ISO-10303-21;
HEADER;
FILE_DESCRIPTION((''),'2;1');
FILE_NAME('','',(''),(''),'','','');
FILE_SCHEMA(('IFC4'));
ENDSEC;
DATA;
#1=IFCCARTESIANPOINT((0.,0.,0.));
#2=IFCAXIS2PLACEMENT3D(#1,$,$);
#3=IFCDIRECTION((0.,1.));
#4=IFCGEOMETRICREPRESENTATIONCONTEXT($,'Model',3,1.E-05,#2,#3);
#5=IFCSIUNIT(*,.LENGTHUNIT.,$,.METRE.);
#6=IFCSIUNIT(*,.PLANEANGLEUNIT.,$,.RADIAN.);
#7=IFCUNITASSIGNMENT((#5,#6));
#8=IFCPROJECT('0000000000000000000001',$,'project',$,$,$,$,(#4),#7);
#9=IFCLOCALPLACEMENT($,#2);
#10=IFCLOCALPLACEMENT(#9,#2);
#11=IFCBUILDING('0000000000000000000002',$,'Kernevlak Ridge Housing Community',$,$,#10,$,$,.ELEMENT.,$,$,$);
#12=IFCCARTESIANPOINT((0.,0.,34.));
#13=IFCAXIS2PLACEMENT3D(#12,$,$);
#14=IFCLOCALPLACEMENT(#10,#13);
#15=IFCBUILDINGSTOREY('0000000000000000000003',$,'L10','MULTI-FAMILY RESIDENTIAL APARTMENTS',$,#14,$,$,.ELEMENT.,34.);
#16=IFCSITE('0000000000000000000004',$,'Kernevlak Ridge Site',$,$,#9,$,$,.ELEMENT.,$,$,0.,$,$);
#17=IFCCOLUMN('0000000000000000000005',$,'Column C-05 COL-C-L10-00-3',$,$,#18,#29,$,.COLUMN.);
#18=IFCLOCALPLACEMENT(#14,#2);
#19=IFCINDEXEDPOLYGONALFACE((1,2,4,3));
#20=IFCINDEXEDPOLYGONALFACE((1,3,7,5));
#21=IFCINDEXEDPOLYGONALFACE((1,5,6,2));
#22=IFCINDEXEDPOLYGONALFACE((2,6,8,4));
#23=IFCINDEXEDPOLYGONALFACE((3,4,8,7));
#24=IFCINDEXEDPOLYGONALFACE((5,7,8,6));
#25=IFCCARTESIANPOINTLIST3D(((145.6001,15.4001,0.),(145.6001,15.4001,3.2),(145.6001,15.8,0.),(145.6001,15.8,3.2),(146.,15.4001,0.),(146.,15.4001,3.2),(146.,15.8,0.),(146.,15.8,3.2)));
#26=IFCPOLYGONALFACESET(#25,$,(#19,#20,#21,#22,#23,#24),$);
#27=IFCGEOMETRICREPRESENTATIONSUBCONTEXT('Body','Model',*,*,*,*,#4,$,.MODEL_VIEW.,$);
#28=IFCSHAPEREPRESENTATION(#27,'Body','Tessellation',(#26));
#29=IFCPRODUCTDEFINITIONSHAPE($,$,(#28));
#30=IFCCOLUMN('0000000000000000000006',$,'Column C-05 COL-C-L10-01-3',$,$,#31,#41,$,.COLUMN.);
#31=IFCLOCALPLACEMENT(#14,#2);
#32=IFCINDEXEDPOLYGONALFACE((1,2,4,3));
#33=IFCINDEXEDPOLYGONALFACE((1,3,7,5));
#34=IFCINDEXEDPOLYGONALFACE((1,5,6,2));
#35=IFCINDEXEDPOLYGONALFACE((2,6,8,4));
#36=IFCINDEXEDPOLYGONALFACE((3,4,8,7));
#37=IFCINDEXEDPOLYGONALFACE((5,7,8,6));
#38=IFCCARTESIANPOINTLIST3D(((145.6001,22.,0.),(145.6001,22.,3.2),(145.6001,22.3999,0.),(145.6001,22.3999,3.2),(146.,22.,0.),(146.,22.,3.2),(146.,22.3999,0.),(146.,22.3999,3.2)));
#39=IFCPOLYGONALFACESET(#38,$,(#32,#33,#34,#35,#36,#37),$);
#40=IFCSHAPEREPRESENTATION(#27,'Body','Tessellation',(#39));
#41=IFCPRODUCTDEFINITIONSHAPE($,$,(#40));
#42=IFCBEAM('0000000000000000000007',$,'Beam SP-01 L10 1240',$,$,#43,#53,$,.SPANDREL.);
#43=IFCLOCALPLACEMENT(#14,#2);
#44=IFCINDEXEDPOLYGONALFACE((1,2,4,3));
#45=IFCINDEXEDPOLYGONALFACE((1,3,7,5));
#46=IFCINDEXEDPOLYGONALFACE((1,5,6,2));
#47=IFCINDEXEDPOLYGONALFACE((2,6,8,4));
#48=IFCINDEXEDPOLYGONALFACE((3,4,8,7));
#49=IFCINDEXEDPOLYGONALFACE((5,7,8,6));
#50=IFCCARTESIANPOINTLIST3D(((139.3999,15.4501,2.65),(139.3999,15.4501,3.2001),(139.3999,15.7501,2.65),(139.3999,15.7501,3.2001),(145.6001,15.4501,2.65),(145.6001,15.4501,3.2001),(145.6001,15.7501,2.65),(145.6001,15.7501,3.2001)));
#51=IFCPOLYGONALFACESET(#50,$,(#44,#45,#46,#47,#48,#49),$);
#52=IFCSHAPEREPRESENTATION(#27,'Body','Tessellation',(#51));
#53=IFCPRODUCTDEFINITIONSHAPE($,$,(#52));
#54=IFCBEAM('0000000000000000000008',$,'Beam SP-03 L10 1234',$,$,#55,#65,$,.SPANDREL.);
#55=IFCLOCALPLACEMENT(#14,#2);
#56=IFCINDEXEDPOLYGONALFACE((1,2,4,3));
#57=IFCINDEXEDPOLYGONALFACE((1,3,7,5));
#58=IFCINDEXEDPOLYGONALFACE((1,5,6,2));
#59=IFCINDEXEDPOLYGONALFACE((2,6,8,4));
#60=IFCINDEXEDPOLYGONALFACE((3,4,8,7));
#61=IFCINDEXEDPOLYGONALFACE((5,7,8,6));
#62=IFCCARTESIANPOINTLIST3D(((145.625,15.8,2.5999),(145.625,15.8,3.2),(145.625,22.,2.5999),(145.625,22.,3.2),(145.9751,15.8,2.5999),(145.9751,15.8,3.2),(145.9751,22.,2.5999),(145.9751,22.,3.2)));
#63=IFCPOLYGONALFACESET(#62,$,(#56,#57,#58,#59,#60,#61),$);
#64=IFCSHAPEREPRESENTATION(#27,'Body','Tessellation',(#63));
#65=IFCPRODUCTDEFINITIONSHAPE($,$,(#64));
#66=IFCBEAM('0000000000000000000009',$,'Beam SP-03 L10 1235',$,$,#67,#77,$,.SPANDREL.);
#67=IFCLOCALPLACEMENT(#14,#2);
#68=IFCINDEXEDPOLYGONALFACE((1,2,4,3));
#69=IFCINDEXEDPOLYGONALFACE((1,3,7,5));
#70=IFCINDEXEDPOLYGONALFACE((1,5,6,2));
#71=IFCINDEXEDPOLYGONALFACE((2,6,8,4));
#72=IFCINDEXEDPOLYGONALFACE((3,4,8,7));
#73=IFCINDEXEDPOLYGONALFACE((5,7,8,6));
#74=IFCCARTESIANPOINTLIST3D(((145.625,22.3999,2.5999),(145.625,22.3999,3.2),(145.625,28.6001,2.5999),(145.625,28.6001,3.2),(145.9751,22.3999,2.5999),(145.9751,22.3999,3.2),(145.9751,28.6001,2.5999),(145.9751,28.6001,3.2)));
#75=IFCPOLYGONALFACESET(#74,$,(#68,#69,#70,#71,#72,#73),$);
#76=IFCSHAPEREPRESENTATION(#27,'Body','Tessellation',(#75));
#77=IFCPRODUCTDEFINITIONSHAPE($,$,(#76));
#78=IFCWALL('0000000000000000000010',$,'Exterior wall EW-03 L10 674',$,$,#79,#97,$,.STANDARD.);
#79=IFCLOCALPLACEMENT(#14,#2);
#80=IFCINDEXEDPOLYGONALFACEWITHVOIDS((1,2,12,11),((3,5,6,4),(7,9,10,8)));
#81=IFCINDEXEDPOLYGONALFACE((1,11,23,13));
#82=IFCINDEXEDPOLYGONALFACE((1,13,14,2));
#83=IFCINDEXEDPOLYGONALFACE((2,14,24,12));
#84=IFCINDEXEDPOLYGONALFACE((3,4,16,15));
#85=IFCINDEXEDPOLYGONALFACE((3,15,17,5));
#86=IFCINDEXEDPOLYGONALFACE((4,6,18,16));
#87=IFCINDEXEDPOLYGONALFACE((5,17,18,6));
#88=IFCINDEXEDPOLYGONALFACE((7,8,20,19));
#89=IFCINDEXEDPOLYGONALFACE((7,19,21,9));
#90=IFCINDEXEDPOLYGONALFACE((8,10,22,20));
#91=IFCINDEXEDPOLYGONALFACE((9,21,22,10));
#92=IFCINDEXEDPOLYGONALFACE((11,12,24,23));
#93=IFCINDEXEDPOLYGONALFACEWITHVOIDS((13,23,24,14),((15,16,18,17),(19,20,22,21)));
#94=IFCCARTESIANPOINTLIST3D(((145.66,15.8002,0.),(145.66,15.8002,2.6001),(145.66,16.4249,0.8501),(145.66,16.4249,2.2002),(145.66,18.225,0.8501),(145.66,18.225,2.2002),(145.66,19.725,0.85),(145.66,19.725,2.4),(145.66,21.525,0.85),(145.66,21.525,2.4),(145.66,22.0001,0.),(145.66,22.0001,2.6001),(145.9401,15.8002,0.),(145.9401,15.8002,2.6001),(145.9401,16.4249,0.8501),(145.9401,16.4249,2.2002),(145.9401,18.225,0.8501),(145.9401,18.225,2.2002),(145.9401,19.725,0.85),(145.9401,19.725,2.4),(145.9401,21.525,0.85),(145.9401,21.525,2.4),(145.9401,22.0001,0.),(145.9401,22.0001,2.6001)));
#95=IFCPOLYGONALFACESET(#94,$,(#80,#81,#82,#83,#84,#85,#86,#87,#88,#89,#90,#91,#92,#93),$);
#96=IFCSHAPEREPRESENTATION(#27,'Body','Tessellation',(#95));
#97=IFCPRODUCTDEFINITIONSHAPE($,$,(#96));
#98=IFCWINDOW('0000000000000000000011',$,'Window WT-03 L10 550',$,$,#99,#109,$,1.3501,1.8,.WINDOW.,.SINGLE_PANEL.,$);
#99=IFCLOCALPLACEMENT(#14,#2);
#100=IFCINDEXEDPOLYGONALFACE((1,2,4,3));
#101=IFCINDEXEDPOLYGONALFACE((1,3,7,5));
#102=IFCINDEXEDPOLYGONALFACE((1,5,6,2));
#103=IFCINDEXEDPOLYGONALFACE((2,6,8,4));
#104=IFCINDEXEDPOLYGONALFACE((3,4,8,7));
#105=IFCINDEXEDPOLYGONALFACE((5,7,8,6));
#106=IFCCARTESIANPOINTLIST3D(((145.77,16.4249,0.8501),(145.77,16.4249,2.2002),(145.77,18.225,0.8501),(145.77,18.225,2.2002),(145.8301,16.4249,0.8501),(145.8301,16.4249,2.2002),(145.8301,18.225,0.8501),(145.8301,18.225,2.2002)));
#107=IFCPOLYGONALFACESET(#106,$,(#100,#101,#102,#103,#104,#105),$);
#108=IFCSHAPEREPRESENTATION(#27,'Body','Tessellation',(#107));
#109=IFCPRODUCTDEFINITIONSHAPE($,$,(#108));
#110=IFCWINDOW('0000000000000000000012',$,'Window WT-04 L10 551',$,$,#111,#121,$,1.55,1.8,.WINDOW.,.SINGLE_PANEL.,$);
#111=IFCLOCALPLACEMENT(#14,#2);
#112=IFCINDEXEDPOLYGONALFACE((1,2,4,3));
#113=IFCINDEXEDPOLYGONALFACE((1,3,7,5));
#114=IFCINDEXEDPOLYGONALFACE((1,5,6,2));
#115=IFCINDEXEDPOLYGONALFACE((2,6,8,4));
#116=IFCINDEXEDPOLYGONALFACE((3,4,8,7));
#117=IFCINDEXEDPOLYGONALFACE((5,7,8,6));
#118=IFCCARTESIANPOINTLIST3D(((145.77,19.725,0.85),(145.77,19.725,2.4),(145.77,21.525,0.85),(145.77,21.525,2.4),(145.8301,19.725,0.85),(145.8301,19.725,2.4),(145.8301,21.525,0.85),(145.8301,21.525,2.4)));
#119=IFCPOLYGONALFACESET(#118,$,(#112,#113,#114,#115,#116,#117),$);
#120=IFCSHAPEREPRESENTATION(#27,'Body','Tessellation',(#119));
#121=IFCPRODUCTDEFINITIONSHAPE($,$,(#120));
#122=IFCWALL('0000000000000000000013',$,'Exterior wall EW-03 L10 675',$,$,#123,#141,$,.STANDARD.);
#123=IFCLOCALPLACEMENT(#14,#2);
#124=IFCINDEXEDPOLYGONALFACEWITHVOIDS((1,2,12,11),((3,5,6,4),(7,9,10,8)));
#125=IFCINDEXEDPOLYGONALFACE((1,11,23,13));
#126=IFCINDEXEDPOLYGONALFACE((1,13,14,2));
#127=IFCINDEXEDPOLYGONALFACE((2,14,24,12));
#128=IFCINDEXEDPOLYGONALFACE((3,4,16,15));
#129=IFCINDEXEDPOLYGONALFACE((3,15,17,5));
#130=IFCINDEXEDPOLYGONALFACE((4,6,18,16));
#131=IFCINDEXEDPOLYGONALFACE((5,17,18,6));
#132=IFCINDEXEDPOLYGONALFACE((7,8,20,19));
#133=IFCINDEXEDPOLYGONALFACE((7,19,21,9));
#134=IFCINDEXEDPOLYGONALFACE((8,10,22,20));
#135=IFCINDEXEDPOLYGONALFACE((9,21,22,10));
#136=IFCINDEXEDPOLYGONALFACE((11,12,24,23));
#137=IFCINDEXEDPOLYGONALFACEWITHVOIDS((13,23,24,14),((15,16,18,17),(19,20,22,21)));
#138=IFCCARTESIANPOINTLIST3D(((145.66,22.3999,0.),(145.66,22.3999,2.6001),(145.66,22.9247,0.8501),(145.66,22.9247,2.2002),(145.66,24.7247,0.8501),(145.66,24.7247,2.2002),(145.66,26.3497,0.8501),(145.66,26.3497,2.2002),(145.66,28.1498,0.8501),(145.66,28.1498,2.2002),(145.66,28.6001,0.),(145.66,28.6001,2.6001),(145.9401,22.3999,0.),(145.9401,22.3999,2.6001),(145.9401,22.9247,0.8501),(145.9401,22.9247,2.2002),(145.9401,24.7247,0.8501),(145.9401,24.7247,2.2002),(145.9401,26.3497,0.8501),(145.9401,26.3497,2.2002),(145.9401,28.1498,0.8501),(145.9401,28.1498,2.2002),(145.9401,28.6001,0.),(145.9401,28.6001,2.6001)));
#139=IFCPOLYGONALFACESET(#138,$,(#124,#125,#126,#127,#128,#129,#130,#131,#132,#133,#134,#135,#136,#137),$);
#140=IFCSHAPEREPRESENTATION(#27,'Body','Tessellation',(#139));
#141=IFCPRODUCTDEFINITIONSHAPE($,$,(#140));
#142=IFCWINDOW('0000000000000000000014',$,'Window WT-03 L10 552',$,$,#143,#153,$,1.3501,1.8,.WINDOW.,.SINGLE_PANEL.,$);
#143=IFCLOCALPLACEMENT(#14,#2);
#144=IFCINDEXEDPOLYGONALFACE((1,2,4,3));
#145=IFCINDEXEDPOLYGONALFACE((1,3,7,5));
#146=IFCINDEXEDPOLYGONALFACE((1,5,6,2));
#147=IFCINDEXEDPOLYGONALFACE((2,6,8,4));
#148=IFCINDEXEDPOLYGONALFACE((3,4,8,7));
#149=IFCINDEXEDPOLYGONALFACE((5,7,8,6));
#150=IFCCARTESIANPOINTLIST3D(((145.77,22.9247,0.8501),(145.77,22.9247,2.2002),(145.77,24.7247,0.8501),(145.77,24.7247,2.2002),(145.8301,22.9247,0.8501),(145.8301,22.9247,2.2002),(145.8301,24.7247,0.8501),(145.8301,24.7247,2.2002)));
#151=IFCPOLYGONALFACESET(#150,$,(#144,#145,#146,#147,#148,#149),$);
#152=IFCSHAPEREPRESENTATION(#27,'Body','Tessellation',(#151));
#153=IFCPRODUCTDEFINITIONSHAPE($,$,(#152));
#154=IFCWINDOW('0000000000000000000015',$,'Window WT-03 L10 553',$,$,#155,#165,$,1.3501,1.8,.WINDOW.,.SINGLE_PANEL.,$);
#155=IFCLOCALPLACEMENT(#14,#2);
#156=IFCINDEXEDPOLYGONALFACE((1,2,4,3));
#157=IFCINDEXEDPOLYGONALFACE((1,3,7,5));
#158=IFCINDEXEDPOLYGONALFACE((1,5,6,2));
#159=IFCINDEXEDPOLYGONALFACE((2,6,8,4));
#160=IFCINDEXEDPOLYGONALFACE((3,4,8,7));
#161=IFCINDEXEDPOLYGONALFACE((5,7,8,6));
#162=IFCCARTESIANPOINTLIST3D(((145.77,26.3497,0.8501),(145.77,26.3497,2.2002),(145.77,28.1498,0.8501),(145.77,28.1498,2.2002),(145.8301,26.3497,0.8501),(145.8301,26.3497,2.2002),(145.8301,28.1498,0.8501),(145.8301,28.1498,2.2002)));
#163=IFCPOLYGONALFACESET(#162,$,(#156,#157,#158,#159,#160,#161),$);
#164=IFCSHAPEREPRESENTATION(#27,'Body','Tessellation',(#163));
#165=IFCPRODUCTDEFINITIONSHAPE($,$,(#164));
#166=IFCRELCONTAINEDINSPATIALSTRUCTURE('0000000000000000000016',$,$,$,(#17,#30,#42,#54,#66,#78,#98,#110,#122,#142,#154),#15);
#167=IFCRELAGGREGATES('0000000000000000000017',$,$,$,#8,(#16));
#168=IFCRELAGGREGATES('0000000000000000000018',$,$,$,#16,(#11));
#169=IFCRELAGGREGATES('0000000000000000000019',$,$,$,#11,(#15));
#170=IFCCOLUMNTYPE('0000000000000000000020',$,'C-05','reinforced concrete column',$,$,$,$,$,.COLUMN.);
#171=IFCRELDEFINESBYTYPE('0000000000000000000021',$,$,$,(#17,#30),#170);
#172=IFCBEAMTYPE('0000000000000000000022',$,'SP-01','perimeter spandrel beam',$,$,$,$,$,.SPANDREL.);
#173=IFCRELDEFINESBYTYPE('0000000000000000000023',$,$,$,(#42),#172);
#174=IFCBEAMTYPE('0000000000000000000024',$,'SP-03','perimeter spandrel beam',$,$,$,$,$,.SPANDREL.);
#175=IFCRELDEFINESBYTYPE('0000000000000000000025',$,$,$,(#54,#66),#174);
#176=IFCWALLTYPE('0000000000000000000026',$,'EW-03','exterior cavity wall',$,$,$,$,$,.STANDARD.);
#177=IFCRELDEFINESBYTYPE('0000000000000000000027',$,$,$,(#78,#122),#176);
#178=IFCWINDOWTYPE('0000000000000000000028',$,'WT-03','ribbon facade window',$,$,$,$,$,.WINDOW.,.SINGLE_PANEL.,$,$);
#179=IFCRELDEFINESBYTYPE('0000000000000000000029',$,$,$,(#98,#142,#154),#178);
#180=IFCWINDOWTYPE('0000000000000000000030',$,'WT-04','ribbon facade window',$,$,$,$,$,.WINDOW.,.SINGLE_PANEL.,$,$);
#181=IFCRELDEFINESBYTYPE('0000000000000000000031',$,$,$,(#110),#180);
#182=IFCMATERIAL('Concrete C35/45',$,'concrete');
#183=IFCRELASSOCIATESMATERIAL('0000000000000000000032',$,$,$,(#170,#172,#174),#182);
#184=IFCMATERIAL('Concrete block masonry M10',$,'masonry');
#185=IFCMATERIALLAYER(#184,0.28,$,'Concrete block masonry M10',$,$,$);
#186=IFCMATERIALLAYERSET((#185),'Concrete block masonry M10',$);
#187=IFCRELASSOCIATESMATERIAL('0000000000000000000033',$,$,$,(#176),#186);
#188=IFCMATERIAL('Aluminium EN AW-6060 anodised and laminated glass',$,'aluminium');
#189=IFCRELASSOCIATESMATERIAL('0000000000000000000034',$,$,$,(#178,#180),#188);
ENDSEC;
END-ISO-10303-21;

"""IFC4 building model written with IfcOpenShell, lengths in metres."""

from ifc_helpers import new_model, si_unit, direction, frame, frame_2d, origin, origin_2d, place, context, subcontext, project, spatial, rectangle, extrude, material, layer, layer_set, material_profile, profile_set, type_object, element, fill, save


model = new_model("IFC4")

# Units and contexts
model_context = context("Model", 3, precision=1e-05, world=origin(), true_north=direction((0.0, 1.0)))
body_context = subcontext(model_context, "Body", "Model", "MODEL_VIEW")
ifc_project = project(units=[si_unit("LENGTHUNIT", "METRE"), si_unit("PLANEANGLEUNIT", "RADIAN")], contexts=[model_context])

# Site, building, storey
site_placement = place(None, origin())
site = spatial("IfcSite", under=ifc_project, at=site_placement, Name="Kernevlak Ridge Site", CompositionType="ELEMENT", RefElevation=0.0)
building_placement = place(site_placement, origin())
building = spatial("IfcBuilding", under=site, at=building_placement, Name="Kernevlak Ridge Housing Community", CompositionType="ELEMENT")
storey_placement = place(building_placement, frame((0.0, 0.0, 34.0)))
storey = spatial("IfcBuildingStorey", under=building, at=storey_placement, Name="L10", Description="MULTI-FAMILY RESIDENTIAL APARTMENTS", CompositionType="ELEMENT", Elevation=34.0)

# Columns
ifc_material_1 = material(Name="Concrete C35/45", Category="concrete")
ifc_material_profile_1 = material_profile(ifc_material_1, rectangle(XDim=0.3999, YDim=0.3999, at=origin_2d()), Name="RC 400x400")
ifc_profile_set_1 = profile_set([ifc_material_profile_1], Name="Concrete C35/45")
column_type = type_object("IfcColumnType", Name="C-05", Description="reinforced concrete column", PredefinedType="COLUMN", material=ifc_profile_set_1)
for number, where, z_axis, x_axis, name in (
    (1, (145.8, 15.6001, 0.0), (0.0, 0.0, 1.0), (1.0, 0.0, 0.0), "Column C-05 COL-C-L10-00-3"),
    (2, (145.8, 22.2, 0.0), (0.0, 0.0, 1.0), (1.0, 0.0, 0.0), "Column C-05 COL-C-L10-01-3"),
):
    element("IfcColumn", number, at=place(storey_placement, frame(where, z_axis=z_axis, x_axis=x_axis)), inside=storey, type_object=column_type, Name=name, PredefinedType="COLUMN", context=body_context, shape_type="SweptSolid", body=[
        extrude(rectangle(XDim=0.3999, YDim=0.3999, at=origin_2d()), origin(), (0.0, 0.0, 1.0), 3.2),
    ])

# Beams
ifc_material_profile_2 = material_profile(ifc_material_1, rectangle(XDim=0.3, YDim=0.55, at=origin_2d()), Name="RC 300x550")
ifc_profile_set_2 = profile_set([ifc_material_profile_2], Name="Concrete C35/45")
beam_type_1 = type_object("IfcBeamType", Name="SP-01", Description="perimeter spandrel beam", PredefinedType="SPANDREL", material=ifc_profile_set_2)
beam_1_placement = place(storey_placement, frame((139.3999, 15.6001, 2.925), z_axis=(1.0, 0.0, 0.0), x_axis=(0.0, 1.0, 0.0)))
element("IfcBeam", 3, at=beam_1_placement, inside=storey, type_object=beam_type_1, Name="Beam SP-01 L10 1240", PredefinedType="SPANDREL", context=body_context, shape_type="SweptSolid", body=[
    extrude(rectangle(XDim=0.3, YDim=0.55, at=origin_2d()), origin(), (0.0, 0.0, 1.0), 6.2002),
])
ifc_material_profile_3 = material_profile(ifc_material_1, rectangle(XDim=0.3501, YDim=0.6001, at=origin_2d()), Name="RC 350x600")
ifc_profile_set_3 = profile_set([ifc_material_profile_3], Name="Concrete C35/45")
beam_type_2 = type_object("IfcBeamType", Name="SP-03", Description="perimeter spandrel beam", PredefinedType="SPANDREL", material=ifc_profile_set_3)
beam_2_placement = place(storey_placement, frame((145.8, 15.8, 2.8999), z_axis=(0.0, 1.0, 0.0), x_axis=(-1.0, 0.0, 0.0)))
element("IfcBeam", 4, at=beam_2_placement, inside=storey, type_object=beam_type_2, Name="Beam SP-03 L10 1234", PredefinedType="SPANDREL", context=body_context, shape_type="SweptSolid", body=[
    extrude(rectangle(XDim=0.3501, YDim=0.6001, at=origin_2d()), origin(), (0.0, 0.0, 1.0), 6.2),
])
beam_3_placement = place(storey_placement, frame((145.8, 22.3999, 2.8999), z_axis=(0.0, 1.0, 0.0), x_axis=(-1.0, 0.0, 0.0)))
element("IfcBeam", 5, at=beam_3_placement, inside=storey, type_object=beam_type_2, Name="Beam SP-03 L10 1235", PredefinedType="SPANDREL", context=body_context, shape_type="SweptSolid", body=[
    extrude(rectangle(XDim=0.3501, YDim=0.6001, at=origin_2d()), origin(), (0.0, 0.0, 1.0), 6.2002),
])

# Walls, openings, windows
ifc_material_2 = material(Name="Concrete block masonry M10", Category="masonry")
ifc_layer_1 = layer(ifc_material_2, 0.28, Name="Concrete block masonry M10")
ifc_layer_set_1 = layer_set([ifc_layer_1], Name="Concrete block masonry M10")
wall_type_1 = type_object("IfcWallType", Name="EW-03", Description="exterior cavity wall", PredefinedType="STANDARD", material=ifc_layer_set_1)
wall_1_placement = place(storey_placement, frame((145.8, 15.8, 0.0), z_axis=(0.0, 0.0, 1.0), x_axis=(0.0, 1.0, 0.0)))
wall_1 = element("IfcWall", 6, at=wall_1_placement, inside=storey, type_object=wall_type_1, Name="Exterior wall EW-03 L10 674", PredefinedType="STANDARD", context=body_context, shape_type="SweptSolid", body=[
    extrude(rectangle(XDim=6.2, YDim=0.28, at=frame_2d((3.1001, 0.0))), origin(), (0.0, 0.0, 1.0), 2.6001),
])
opening_1_placement = place(wall_1_placement, frame((0.625, 0.0, 0.8501)))
opening_1 = element("IfcOpeningElement", 7, at=opening_1_placement, cuts=wall_1, PredefinedType="OPENING", context=body_context, shape_type="SweptSolid", body=[
    extrude(rectangle(XDim=1.8, YDim=1.3501, at=frame_2d((0.8999, 0.675))), frame((0.0, 0.1499, 0.0), z_axis=(0.0, -1.0, 0.0), x_axis=(1.0, 0.0, 0.0)), (0.0, 0.0, 1.0), 0.3),
])
opening_2_placement = place(wall_1_placement, frame((3.925, 0.0, 0.8501)))
opening_2 = element("IfcOpeningElement", 8, at=opening_2_placement, cuts=wall_1, PredefinedType="OPENING", context=body_context, shape_type="SweptSolid", body=[
    extrude(rectangle(XDim=1.8, YDim=1.55, at=frame_2d((0.8999, 0.7749))), frame((0.0, 0.1499, 0.0), z_axis=(0.0, -1.0, 0.0), x_axis=(1.0, 0.0, 0.0)), (0.0, 0.0, 1.0), 0.3),
])
ifc_material_3 = material(Name="Aluminium EN AW-6060 anodised and laminated glass", Category="aluminium")
window_type_1 = type_object("IfcWindowType", Name="WT-03", Description="ribbon facade window", PartitioningType="SINGLE_PANEL", PredefinedType="WINDOW", material=ifc_material_3)
window_1_placement = place(opening_1_placement, origin())
window_1 = element("IfcWindow", 9, at=window_1_placement, inside=storey, type_object=window_type_1, Name="Window WT-03 L10 550", OverallHeight=1.3501, OverallWidth=1.8, PartitioningType="SINGLE_PANEL", PredefinedType="WINDOW", context=body_context, shape_type="SweptSolid", body=[
    extrude(rectangle(XDim=1.8, YDim=1.3501, at=frame_2d((0.8999, 0.675))), frame((0.0, 0.03, 0.0), z_axis=(0.0, -1.0, 0.0), x_axis=(1.0, 0.0, 0.0)), (0.0, 0.0, 1.0), 0.0601),
])
fill(opening_1, window_1)
window_type_2 = type_object("IfcWindowType", Name="WT-04", Description="ribbon facade window", PartitioningType="SINGLE_PANEL", PredefinedType="WINDOW", material=ifc_material_3)
window_2_placement = place(opening_2_placement, origin())
window_2 = element("IfcWindow", 10, at=window_2_placement, inside=storey, type_object=window_type_2, Name="Window WT-04 L10 551", OverallHeight=1.55, OverallWidth=1.8, PartitioningType="SINGLE_PANEL", PredefinedType="WINDOW", context=body_context, shape_type="SweptSolid", body=[
    extrude(rectangle(XDim=1.8, YDim=1.55, at=frame_2d((0.8999, 0.7749))), frame((0.0, 0.03, 0.0), z_axis=(0.0, -1.0, 0.0), x_axis=(1.0, 0.0, 0.0)), (0.0, 0.0, 1.0), 0.0601),
])
fill(opening_2, window_2)
wall_2_placement = place(storey_placement, frame((145.8, 22.3999, 0.0), z_axis=(0.0, 0.0, 1.0), x_axis=(0.0, 1.0, 0.0)))
wall_2 = element("IfcWall", 11, at=wall_2_placement, inside=storey, type_object=wall_type_1, Name="Exterior wall EW-03 L10 675", PredefinedType="STANDARD", context=body_context, shape_type="SweptSolid", body=[
    extrude(rectangle(XDim=6.2002, YDim=0.28, at=frame_2d((3.1001, 0.0))), origin(), (0.0, 0.0, 1.0), 2.6001),
])
opening_3_placement = place(wall_2_placement, frame((0.5249, 0.0, 0.8501)))
opening_3 = element("IfcOpeningElement", 12, at=opening_3_placement, cuts=wall_2, PredefinedType="OPENING", context=body_context, shape_type="SweptSolid", body=[
    extrude(rectangle(XDim=1.8, YDim=1.3501, at=frame_2d((0.8999, 0.675))), frame((0.0, 0.1499, 0.0), z_axis=(0.0, -1.0, 0.0), x_axis=(1.0, 0.0, 0.0)), (0.0, 0.0, 1.0), 0.3),
])
opening_4_placement = place(wall_2_placement, frame((3.95, 0.0, 0.8501)))
opening_4 = element("IfcOpeningElement", 13, at=opening_4_placement, cuts=wall_2, PredefinedType="OPENING", context=body_context, shape_type="SweptSolid", body=[
    extrude(rectangle(XDim=1.8, YDim=1.3501, at=frame_2d((0.8999, 0.675))), frame((0.0, 0.1499, 0.0), z_axis=(0.0, -1.0, 0.0), x_axis=(1.0, 0.0, 0.0)), (0.0, 0.0, 1.0), 0.3),
])
window_3_placement = place(opening_3_placement, origin())
window_3 = element("IfcWindow", 14, at=window_3_placement, inside=storey, type_object=window_type_1, Name="Window WT-03 L10 552", OverallHeight=1.3501, OverallWidth=1.8, PartitioningType="SINGLE_PANEL", PredefinedType="WINDOW", context=body_context, shape_type="SweptSolid", body=[
    extrude(rectangle(XDim=1.8, YDim=1.3501, at=frame_2d((0.8999, 0.675))), frame((0.0, 0.03, 0.0), z_axis=(0.0, -1.0, 0.0), x_axis=(1.0, 0.0, 0.0)), (0.0, 0.0, 1.0), 0.0601),
])
fill(opening_3, window_3)
window_4_placement = place(opening_4_placement, origin())
window_4 = element("IfcWindow", 15, at=window_4_placement, inside=storey, type_object=window_type_1, Name="Window WT-03 L10 553", OverallHeight=1.3501, OverallWidth=1.8, PartitioningType="SINGLE_PANEL", PredefinedType="WINDOW", context=body_context, shape_type="SweptSolid", body=[
    extrude(rectangle(XDim=1.8, YDim=1.3501, at=frame_2d((0.8999, 0.675))), frame((0.0, 0.03, 0.0), z_axis=(0.0, -1.0, 0.0), x_axis=(1.0, 0.0, 0.0)), (0.0, 0.0, 1.0), 0.0601),
])
fill(opening_4, window_4)

save(model, "model.ifc")
